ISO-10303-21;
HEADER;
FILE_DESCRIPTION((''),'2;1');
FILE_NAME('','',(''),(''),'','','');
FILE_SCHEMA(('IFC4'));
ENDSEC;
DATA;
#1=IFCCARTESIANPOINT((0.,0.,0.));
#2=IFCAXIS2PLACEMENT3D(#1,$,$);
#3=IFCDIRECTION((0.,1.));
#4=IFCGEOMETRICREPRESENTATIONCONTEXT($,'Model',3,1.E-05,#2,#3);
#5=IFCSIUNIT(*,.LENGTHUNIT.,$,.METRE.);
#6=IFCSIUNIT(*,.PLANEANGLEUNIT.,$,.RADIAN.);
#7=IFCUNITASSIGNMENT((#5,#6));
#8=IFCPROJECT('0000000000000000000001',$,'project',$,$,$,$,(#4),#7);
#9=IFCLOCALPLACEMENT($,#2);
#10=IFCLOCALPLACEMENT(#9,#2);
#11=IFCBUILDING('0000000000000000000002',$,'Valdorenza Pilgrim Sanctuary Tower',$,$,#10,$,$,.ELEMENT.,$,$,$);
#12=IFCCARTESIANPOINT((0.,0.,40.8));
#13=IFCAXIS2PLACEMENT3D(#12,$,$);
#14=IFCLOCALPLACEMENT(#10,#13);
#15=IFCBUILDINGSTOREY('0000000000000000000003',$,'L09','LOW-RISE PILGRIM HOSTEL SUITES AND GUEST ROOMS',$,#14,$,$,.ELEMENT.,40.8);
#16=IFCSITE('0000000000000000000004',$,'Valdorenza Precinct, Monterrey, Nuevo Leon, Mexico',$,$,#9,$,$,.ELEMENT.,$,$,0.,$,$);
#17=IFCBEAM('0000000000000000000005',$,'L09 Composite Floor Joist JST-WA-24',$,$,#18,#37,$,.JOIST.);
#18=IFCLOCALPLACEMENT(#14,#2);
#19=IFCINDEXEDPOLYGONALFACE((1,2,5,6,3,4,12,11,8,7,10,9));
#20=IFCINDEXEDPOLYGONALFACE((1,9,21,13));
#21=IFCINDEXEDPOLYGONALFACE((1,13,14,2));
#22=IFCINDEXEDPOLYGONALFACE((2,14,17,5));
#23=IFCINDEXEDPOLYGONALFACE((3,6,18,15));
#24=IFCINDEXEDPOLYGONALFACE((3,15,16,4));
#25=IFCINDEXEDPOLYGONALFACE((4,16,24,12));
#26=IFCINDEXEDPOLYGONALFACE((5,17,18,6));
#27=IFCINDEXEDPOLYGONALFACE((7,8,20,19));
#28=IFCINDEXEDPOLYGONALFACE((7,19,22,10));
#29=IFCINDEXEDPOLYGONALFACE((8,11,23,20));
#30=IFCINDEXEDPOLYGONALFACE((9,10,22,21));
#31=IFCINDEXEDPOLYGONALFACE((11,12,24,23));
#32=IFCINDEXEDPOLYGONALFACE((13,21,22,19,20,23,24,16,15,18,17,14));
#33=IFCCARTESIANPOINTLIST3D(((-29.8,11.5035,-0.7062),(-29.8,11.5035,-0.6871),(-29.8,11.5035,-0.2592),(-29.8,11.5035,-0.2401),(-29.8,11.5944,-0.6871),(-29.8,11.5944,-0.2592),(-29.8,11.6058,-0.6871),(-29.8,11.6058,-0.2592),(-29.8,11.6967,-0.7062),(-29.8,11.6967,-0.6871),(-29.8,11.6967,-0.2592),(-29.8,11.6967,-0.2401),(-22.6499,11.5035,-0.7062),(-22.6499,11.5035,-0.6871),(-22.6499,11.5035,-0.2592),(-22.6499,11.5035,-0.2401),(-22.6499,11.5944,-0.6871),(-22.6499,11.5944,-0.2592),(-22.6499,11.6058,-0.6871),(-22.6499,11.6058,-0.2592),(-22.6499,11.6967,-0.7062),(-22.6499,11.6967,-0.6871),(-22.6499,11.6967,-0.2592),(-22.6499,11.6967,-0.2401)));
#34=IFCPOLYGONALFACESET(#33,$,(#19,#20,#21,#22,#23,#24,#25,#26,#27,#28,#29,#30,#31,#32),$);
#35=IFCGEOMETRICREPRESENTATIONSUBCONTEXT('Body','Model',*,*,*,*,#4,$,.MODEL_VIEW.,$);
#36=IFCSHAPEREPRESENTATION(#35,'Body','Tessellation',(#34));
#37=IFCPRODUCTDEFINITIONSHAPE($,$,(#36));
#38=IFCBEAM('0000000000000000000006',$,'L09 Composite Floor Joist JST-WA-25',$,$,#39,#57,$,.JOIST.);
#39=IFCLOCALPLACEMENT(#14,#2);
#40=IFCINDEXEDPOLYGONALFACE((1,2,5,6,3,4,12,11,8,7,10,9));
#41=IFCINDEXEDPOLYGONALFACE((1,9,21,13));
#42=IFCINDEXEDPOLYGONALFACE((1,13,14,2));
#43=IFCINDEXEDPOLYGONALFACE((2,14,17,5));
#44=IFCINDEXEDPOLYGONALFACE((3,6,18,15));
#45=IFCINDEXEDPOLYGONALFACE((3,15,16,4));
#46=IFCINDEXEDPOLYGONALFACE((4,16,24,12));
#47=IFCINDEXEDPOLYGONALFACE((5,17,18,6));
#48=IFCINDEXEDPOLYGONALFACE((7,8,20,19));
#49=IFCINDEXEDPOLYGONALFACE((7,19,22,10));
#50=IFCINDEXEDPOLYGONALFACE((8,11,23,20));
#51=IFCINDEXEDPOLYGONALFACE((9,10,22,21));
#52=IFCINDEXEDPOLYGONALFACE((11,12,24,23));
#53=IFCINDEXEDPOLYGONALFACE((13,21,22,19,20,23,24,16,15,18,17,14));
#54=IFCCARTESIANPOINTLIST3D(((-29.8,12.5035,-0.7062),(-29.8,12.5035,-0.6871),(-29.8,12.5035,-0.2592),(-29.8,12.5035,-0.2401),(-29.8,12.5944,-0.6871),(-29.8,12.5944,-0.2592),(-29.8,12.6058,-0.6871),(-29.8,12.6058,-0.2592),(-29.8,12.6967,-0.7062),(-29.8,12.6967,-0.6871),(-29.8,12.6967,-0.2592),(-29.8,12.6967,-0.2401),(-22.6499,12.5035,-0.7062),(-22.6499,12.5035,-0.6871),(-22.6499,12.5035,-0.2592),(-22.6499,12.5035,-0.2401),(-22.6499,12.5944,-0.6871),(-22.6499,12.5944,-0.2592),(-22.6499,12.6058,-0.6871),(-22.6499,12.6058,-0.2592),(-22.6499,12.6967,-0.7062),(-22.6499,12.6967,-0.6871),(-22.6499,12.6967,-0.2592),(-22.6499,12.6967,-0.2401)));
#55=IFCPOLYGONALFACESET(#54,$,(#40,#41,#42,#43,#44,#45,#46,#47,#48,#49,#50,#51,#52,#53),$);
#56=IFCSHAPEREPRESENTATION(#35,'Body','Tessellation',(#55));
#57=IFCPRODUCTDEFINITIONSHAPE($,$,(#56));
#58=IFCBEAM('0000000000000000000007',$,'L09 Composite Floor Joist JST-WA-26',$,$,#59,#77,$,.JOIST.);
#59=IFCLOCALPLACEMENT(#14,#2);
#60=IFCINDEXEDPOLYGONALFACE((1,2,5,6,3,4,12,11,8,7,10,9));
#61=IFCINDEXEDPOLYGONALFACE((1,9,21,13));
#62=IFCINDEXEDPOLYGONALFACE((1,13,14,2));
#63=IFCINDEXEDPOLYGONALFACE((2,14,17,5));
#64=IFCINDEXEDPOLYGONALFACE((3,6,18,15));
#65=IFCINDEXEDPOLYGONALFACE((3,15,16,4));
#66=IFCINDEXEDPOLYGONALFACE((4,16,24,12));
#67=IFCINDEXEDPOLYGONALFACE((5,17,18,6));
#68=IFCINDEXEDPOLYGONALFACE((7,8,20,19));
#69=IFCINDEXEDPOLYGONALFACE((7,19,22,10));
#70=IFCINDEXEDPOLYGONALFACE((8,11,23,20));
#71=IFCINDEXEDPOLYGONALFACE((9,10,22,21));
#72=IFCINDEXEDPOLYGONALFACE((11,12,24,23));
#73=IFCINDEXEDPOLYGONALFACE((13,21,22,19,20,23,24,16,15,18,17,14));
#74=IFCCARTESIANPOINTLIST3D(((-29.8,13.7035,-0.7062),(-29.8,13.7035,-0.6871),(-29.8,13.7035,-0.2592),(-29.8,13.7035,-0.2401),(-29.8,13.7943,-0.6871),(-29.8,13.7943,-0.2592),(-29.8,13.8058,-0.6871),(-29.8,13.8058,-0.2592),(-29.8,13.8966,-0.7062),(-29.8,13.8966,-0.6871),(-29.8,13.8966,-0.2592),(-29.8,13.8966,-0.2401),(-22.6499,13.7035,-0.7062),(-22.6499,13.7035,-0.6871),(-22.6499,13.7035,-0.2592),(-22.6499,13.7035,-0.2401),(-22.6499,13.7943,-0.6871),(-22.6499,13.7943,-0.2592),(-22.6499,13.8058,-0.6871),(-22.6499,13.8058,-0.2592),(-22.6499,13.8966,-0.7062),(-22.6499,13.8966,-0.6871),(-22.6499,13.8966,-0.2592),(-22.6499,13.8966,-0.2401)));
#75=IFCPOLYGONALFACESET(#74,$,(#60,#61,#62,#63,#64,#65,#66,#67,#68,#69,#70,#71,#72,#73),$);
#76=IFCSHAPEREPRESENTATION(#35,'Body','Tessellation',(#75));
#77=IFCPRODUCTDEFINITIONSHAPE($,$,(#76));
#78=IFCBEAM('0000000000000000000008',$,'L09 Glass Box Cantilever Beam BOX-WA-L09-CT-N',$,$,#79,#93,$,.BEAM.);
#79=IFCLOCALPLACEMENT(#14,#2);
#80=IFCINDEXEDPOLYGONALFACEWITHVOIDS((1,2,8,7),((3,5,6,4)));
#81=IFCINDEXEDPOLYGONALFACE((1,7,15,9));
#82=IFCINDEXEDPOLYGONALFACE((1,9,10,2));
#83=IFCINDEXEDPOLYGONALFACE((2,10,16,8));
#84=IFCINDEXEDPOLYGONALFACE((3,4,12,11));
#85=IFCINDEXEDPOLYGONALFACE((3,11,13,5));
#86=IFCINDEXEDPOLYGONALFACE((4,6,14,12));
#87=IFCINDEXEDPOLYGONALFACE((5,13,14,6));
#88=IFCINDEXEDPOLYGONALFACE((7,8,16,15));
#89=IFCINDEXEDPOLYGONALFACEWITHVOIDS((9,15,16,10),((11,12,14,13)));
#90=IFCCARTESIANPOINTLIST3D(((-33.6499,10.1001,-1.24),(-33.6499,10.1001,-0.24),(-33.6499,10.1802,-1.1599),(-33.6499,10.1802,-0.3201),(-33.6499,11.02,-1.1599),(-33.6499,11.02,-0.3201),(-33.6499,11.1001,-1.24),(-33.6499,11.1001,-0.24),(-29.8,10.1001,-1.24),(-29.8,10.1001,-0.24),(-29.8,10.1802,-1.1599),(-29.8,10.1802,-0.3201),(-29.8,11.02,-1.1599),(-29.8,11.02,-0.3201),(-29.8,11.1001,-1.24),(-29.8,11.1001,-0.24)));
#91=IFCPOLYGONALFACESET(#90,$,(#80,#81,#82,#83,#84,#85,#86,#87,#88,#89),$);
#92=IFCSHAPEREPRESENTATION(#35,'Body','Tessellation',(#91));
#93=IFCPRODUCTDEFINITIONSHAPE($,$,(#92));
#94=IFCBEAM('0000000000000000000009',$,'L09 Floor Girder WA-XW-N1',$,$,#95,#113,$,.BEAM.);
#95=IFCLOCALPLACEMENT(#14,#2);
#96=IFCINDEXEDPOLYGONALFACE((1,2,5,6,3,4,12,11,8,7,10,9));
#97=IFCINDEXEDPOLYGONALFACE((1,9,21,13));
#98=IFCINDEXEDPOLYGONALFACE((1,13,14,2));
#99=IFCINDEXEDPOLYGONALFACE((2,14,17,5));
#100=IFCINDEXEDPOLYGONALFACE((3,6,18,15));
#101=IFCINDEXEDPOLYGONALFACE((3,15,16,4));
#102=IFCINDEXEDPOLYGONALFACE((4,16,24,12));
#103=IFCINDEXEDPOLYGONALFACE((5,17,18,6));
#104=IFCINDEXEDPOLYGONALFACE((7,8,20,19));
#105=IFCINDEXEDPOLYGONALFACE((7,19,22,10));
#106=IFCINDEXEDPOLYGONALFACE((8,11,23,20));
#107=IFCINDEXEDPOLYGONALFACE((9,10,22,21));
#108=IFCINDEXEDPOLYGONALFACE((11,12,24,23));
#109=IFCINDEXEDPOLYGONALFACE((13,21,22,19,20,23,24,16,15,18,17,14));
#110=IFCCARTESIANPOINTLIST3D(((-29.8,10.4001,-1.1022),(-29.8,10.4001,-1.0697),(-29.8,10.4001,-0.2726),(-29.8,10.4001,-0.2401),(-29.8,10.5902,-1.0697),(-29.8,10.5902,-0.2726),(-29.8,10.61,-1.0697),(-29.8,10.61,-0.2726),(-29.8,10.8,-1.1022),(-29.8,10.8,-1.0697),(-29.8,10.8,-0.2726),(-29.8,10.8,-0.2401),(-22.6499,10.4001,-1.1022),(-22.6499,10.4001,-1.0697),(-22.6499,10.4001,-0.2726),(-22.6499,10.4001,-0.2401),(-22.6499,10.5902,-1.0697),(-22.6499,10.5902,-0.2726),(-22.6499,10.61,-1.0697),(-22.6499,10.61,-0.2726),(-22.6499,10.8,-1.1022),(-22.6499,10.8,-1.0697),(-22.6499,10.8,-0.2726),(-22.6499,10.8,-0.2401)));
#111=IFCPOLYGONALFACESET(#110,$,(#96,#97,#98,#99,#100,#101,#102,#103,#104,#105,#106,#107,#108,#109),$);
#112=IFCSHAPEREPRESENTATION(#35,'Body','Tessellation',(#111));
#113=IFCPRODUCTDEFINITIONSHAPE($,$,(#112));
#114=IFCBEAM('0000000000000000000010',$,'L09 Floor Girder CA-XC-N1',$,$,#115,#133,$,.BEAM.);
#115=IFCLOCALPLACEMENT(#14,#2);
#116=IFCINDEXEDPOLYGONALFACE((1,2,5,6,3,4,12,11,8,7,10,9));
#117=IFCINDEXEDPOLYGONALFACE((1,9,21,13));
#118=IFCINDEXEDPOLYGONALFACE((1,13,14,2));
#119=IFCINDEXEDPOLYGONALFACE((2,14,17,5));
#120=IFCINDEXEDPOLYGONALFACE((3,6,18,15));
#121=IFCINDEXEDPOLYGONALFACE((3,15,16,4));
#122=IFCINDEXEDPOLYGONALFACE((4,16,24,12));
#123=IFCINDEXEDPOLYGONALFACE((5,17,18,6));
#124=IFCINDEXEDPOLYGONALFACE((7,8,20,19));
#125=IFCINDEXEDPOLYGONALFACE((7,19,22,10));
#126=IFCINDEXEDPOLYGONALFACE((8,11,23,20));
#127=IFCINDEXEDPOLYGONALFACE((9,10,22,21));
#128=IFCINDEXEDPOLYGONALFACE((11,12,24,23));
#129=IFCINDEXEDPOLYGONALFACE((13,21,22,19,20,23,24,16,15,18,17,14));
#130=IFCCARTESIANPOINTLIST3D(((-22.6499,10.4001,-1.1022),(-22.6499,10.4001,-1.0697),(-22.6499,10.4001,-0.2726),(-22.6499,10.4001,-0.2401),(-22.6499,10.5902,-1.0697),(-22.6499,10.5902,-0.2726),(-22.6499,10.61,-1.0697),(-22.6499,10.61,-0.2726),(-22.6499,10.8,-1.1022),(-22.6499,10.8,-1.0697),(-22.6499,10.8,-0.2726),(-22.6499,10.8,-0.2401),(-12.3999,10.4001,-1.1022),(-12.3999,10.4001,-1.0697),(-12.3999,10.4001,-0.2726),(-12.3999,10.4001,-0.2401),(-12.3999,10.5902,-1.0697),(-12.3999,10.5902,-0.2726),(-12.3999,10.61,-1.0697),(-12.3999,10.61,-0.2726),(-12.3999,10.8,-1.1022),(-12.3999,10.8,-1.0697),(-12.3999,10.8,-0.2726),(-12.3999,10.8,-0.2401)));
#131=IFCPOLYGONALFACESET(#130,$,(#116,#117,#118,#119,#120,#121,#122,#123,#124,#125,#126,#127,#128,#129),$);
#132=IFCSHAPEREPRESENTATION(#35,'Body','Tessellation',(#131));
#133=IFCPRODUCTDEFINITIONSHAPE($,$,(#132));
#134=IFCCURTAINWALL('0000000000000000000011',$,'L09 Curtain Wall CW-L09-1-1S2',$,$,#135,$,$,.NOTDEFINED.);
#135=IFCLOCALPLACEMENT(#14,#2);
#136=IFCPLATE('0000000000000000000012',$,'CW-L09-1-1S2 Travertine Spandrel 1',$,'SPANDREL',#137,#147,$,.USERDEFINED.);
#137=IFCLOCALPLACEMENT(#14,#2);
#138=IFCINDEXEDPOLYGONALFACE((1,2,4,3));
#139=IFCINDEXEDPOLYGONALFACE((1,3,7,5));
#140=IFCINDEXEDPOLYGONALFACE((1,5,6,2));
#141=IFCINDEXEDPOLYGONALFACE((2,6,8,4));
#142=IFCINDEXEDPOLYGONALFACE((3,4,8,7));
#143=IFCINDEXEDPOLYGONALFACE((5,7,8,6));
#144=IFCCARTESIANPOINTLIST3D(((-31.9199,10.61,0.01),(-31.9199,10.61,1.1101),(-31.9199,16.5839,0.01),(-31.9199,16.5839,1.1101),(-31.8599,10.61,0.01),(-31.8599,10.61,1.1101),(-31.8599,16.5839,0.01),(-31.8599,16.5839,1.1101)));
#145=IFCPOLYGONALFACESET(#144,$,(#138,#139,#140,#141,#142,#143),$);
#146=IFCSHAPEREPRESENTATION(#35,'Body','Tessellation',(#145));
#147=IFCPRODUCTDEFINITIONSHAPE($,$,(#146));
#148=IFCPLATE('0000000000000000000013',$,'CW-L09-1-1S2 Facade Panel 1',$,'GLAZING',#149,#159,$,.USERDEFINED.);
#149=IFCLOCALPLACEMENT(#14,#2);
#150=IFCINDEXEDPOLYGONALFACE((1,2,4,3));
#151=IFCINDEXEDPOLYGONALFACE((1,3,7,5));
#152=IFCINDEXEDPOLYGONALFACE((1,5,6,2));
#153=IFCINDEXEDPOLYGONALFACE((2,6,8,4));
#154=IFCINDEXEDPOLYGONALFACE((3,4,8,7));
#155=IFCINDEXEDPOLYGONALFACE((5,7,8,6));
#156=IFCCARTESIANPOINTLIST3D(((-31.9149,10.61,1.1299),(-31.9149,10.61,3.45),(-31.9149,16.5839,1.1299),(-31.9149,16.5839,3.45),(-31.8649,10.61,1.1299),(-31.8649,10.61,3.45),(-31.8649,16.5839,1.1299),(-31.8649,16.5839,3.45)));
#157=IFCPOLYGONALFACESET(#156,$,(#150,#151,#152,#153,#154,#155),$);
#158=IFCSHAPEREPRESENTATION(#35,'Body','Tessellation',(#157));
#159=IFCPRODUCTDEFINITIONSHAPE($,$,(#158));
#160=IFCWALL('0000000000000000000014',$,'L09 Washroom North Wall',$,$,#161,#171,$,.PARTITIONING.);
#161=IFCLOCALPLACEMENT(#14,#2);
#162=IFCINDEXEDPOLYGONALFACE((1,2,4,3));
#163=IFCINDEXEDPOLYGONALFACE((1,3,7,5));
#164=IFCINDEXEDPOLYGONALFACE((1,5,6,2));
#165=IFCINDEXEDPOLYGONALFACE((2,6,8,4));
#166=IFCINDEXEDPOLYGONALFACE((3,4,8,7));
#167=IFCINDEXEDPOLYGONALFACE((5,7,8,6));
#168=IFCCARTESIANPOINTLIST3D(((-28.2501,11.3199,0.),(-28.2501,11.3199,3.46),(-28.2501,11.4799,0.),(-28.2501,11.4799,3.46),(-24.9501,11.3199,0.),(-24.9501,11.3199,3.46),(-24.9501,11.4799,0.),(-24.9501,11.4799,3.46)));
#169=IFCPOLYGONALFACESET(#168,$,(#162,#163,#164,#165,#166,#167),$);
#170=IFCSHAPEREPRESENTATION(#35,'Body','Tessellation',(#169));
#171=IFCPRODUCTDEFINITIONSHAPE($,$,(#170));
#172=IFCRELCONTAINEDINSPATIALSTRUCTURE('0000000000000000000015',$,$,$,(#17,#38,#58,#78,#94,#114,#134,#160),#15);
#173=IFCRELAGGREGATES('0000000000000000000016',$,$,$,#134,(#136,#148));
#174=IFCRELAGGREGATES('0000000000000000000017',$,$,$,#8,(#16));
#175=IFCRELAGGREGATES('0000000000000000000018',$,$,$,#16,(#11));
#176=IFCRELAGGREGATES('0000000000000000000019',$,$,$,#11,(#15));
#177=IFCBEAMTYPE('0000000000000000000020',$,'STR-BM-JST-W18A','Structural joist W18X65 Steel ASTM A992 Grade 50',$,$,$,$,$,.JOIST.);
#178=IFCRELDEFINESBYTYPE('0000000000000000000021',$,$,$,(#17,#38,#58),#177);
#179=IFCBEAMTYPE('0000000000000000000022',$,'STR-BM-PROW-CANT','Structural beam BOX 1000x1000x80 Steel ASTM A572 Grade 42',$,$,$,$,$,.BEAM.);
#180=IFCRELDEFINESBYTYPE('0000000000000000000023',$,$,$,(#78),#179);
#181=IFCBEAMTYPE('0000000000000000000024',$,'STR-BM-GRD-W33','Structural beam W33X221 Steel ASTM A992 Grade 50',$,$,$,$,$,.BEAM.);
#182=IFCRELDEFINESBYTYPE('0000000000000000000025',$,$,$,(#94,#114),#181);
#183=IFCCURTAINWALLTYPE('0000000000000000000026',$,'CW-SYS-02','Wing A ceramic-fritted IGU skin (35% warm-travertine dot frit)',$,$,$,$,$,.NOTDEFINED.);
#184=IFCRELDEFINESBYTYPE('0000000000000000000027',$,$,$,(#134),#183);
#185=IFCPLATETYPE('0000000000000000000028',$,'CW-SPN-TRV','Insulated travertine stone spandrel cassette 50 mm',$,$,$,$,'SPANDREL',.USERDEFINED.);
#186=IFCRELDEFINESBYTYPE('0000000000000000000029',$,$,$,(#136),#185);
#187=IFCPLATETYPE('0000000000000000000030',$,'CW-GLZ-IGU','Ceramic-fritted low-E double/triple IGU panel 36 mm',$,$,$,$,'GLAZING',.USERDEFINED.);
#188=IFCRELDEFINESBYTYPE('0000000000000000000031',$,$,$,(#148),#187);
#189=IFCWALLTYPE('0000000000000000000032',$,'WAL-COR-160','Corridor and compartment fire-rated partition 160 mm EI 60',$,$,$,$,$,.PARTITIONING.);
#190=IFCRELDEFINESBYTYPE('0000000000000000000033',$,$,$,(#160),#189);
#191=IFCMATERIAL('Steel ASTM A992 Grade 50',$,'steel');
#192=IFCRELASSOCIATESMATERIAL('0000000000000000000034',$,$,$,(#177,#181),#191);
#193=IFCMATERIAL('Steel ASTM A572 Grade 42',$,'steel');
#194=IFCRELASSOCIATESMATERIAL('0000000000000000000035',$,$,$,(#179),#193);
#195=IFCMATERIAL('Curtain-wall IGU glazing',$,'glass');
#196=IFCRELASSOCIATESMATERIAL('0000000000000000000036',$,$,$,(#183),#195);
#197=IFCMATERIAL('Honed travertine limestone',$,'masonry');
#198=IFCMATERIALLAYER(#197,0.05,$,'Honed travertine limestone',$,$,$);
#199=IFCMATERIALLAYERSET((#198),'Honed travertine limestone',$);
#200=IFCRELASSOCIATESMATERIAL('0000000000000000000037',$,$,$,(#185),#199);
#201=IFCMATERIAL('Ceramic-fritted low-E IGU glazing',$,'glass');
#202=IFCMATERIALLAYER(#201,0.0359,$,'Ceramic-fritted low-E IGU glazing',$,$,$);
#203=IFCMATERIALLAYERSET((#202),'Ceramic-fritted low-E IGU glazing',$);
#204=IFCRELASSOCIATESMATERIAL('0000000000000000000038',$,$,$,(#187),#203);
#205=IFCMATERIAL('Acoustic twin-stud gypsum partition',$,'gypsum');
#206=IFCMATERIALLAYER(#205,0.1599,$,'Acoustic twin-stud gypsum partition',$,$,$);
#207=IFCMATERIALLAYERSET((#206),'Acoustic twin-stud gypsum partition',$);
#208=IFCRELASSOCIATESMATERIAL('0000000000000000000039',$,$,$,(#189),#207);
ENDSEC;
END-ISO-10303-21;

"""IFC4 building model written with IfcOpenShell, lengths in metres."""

from ifc_helpers import new_model, si_unit, direction, frame, frame_2d, origin, origin_2d, place, context, subcontext, project, spatial, rectangle, hollow_rectangle, i_section, extrude, source, transform, mapped, material, layer, layer_set, material_profile, profile_set, type_object, element, aggregate, save


model = new_model("IFC4")

# Units and contexts
model_context = context("Model", 3, precision=1e-05, world=origin(), true_north=direction((0.0, 1.0)))
body_context = subcontext(model_context, "Body", "Model", "MODEL_VIEW")
ifc_project = project(units=[si_unit("LENGTHUNIT", "METRE"), si_unit("PLANEANGLEUNIT", "RADIAN")], contexts=[model_context])

# Site, building, storey
site_placement = place(None, origin())
site = spatial("IfcSite", under=ifc_project, at=site_placement, Name="Valdorenza Precinct, Monterrey, Nuevo Leon, Mexico", CompositionType="ELEMENT", RefElevation=0.0)
building_placement = place(site_placement, origin())
building = spatial("IfcBuilding", under=site, at=building_placement, Name="Valdorenza Pilgrim Sanctuary Tower", CompositionType="ELEMENT")
storey_placement = place(building_placement, frame((0.0, 0.0, 40.8)))
storey = spatial("IfcBuildingStorey", under=building, at=storey_placement, Name="L09", Description="LOW-RISE PILGRIM HOSTEL SUITES AND GUEST ROOMS", CompositionType="ELEMENT", Elevation=40.8)

# Beams
ifc_material_1 = material(Name="Steel ASTM A992 Grade 50", Category="steel")
ifc_material_profile_1 = material_profile(ifc_material_1, i_section(OverallWidth=0.1931, OverallDepth=0.4661, WebThickness=0.0115, FlangeThickness=0.019, at=origin_2d()), Name="W18X65")
ifc_profile_set_1 = profile_set([ifc_material_profile_1], Name="Steel ASTM A992 Grade 50")
beam_type_1 = type_object("IfcBeamType", Name="STR-BM-JST-W18A", Description="Structural joist W18X65 Steel ASTM A992 Grade 50", PredefinedType="JOIST", material=ifc_profile_set_1)
shared_shape_1 = source(origin(), body_context, "Body", "SweptSolid", [
    extrude(i_section(OverallWidth=0.1931, OverallDepth=0.4661, WebThickness=0.0115, FlangeThickness=0.019, at=origin_2d()), origin(), (0.0, 0.0, 1.0), 7.1501),
])
for number, where, z_axis, x_axis, name in (
    (1, (-29.8, 11.6001, -0.4731), (1.0, 0.0, 0.0), (0.0, 1.0, 0.0), "L09 Composite Floor Joist JST-WA-24"),
    (2, (-29.8, 12.6001, -0.4731), (1.0, 0.0, 0.0), (0.0, 1.0, 0.0), "L09 Composite Floor Joist JST-WA-25"),
    (3, (-29.8, 13.8, -0.4731), (1.0, 0.0, 0.0), (0.0, 1.0, 0.0), "L09 Composite Floor Joist JST-WA-26"),
):
    element("IfcBeam", number, at=place(storey_placement, frame(where, z_axis=z_axis, x_axis=x_axis)), inside=storey, type_object=beam_type_1, Name=name, PredefinedType="JOIST", context=body_context, shape_type="MappedRepresentation", body=[
        mapped(shared_shape_1, transform((0.0, 0.0, 0.0), x_axis=(1.0, 0.0, 0.0), y_axis=(0.0, 1.0, 0.0), z_axis=(0.0, 0.0, 1.0), scale=1.0)),
    ])
ifc_material_2 = material(Name="Steel ASTM A572 Grade 42", Category="steel")
ifc_material_profile_2 = material_profile(ifc_material_2, hollow_rectangle(XDim=1.0, YDim=1.0, WallThickness=0.0801, at=origin_2d()), Name="BOX 1000x1000x80")
ifc_profile_set_2 = profile_set([ifc_material_profile_2], Name="Steel ASTM A572 Grade 42")
beam_type_2 = type_object("IfcBeamType", Name="STR-BM-PROW-CANT", Description="Structural beam BOX 1000x1000x80 Steel ASTM A572 Grade 42", PredefinedType="BEAM", material=ifc_profile_set_2)
shared_shape_2 = source(origin(), body_context, "Body", "SweptSolid", [
    extrude(hollow_rectangle(XDim=1.0, YDim=1.0, WallThickness=0.0801, at=origin_2d()), origin(), (0.0, 0.0, 1.0), 3.8499),
])
beam_1_placement = place(storey_placement, frame((-29.8, 10.6001, -0.74), z_axis=(-1.0, 0.0, 0.0), x_axis=(0.0, -1.0, 0.0)))
element("IfcBeam", 4, at=beam_1_placement, inside=storey, type_object=beam_type_2, Name="L09 Glass Box Cantilever Beam BOX-WA-L09-CT-N", PredefinedType="BEAM", context=body_context, shape_type="MappedRepresentation", body=[
    mapped(shared_shape_2, transform((0.0, 0.0, 0.0), x_axis=(1.0, 0.0, 0.0), y_axis=(0.0, 1.0, 0.0), z_axis=(0.0, 0.0, 1.0), scale=1.0)),
])
ifc_material_profile_3 = material_profile(ifc_material_1, i_section(OverallWidth=0.3999, OverallDepth=0.8621, WebThickness=0.0198, FlangeThickness=0.0325, at=origin_2d()), Name="W33X221")
ifc_profile_set_3 = profile_set([ifc_material_profile_3], Name="Steel ASTM A992 Grade 50")
beam_type_3 = type_object("IfcBeamType", Name="STR-BM-GRD-W33", Description="Structural beam W33X221 Steel ASTM A992 Grade 50", PredefinedType="BEAM", material=ifc_profile_set_3)
shared_shape_3 = source(origin(), body_context, "Body", "SweptSolid", [
    extrude(i_section(OverallWidth=0.3999, OverallDepth=0.8621, WebThickness=0.0198, FlangeThickness=0.0325, at=origin_2d()), origin(), (0.0, 0.0, 1.0), 7.1501),
])
beam_2_placement = place(storey_placement, frame((-29.8, 10.6001, -0.6711), z_axis=(1.0, 0.0, 0.0), x_axis=(0.0, 1.0, 0.0)))
element("IfcBeam", 5, at=beam_2_placement, inside=storey, type_object=beam_type_3, Name="L09 Floor Girder WA-XW-N1", PredefinedType="BEAM", context=body_context, shape_type="MappedRepresentation", body=[
    mapped(shared_shape_3, transform((0.0, 0.0, 0.0), x_axis=(1.0, 0.0, 0.0), y_axis=(0.0, 1.0, 0.0), z_axis=(0.0, 0.0, 1.0), scale=1.0)),
])
shared_shape_4 = source(origin(), body_context, "Body", "SweptSolid", [
    extrude(i_section(OverallWidth=0.3999, OverallDepth=0.8621, WebThickness=0.0198, FlangeThickness=0.0325, at=origin_2d()), origin(), (0.0, 0.0, 1.0), 10.25),
])
beam_3_placement = place(storey_placement, frame((-22.6499, 10.6001, -0.6711), z_axis=(1.0, 0.0, 0.0), x_axis=(0.0, 1.0, 0.0)))
element("IfcBeam", 6, at=beam_3_placement, inside=storey, type_object=beam_type_3, Name="L09 Floor Girder CA-XC-N1", PredefinedType="BEAM", context=body_context, shape_type="MappedRepresentation", body=[
    mapped(shared_shape_4, transform((0.0, 0.0, 0.0), x_axis=(1.0, 0.0, 0.0), y_axis=(0.0, 1.0, 0.0), z_axis=(0.0, 0.0, 1.0), scale=1.0)),
])

# Curtain wall, plates
ifc_material_3 = material(Name="Curtain-wall IGU glazing", Category="glass")
curtain_wall_type = type_object("IfcCurtainWallType", Name="CW-SYS-02", Description="Wing A ceramic-fritted IGU skin (35% warm-travertine dot frit)", PredefinedType="NOTDEFINED", material=ifc_material_3)
curtain_wall_placement = place(storey_placement, origin())
curtain_wall = element("IfcCurtainWall", 7, at=curtain_wall_placement, inside=storey, type_object=curtain_wall_type, Name="L09 Curtain Wall CW-L09-1-1S2", PredefinedType="NOTDEFINED")
ifc_material_4 = material(Name="Honed travertine limestone", Category="masonry")
ifc_layer_1 = layer(ifc_material_4, 0.05, Name="Honed travertine limestone")
ifc_layer_set_1 = layer_set([ifc_layer_1], Name="Honed travertine limestone")
plate_type_1 = type_object("IfcPlateType", Name="CW-SPN-TRV", Description="Insulated travertine stone spandrel cassette 50 mm", ElementType="SPANDREL", PredefinedType="USERDEFINED", material=ifc_layer_set_1)
shared_shape_5 = source(origin(), body_context, "Body", "SweptSolid", [
    extrude(rectangle(XDim=5.9739, YDim=0.0601, at=origin_2d()), origin(), (0.0, 0.0, 1.0), 1.1001),
])
plate_1_placement = place(storey_placement, frame((-31.8899, 13.5969, 0.01), z_axis=(0.0, 0.0, 1.0), x_axis=(0.0, 1.0, 0.0)))
plate_1 = element("IfcPlate", 8, at=plate_1_placement, type_object=plate_type_1, Name="CW-L09-1-1S2 Travertine Spandrel 1", ObjectType="SPANDREL", PredefinedType="USERDEFINED", context=body_context, shape_type="MappedRepresentation", body=[
    mapped(shared_shape_5, transform((0.0, 0.0, 0.0), x_axis=(1.0, 0.0, 0.0), y_axis=(0.0, 1.0, 0.0), z_axis=(0.0, 0.0, 1.0), scale=1.0)),
])
ifc_material_5 = material(Name="Ceramic-fritted low-E IGU glazing", Category="glass")
ifc_layer_2 = layer(ifc_material_5, 0.0359, Name="Ceramic-fritted low-E IGU glazing")
ifc_layer_set_2 = layer_set([ifc_layer_2], Name="Ceramic-fritted low-E IGU glazing")
plate_type_2 = type_object("IfcPlateType", Name="CW-GLZ-IGU", Description="Ceramic-fritted low-E double/triple IGU panel 36 mm", ElementType="GLAZING", PredefinedType="USERDEFINED", material=ifc_layer_set_2)
shared_shape_6 = source(origin(), body_context, "Body", "SweptSolid", [
    extrude(rectangle(XDim=5.9739, YDim=0.05, at=origin_2d()), origin(), (0.0, 0.0, 1.0), 2.3201),
])
plate_2_placement = place(storey_placement, frame((-31.8899, 13.5969, 1.1299), z_axis=(0.0, 0.0, 1.0), x_axis=(0.0, 1.0, 0.0)))
plate_2 = element("IfcPlate", 9, at=plate_2_placement, type_object=plate_type_2, Name="CW-L09-1-1S2 Facade Panel 1", ObjectType="GLAZING", PredefinedType="USERDEFINED", context=body_context, shape_type="MappedRepresentation", body=[
    mapped(shared_shape_6, transform((0.0, 0.0, 0.0), x_axis=(1.0, 0.0, 0.0), y_axis=(0.0, 1.0, 0.0), z_axis=(0.0, 0.0, 1.0), scale=1.0)),
])
aggregate(curtain_wall, [plate_1, plate_2])

# Wall
ifc_material_6 = material(Name="Acoustic twin-stud gypsum partition", Category="gypsum")
ifc_layer_3 = layer(ifc_material_6, 0.1599, Name="Acoustic twin-stud gypsum partition")
ifc_layer_set_3 = layer_set([ifc_layer_3], Name="Acoustic twin-stud gypsum partition")
wall_type_1 = type_object("IfcWallType", Name="WAL-COR-160", Description="Corridor and compartment fire-rated partition 160 mm EI 60", PredefinedType="PARTITIONING", material=ifc_layer_set_3)
wall_1_placement = place(storey_placement, frame((-28.25, 11.3999, 0.0), z_axis=(0.0, 0.0, 1.0), x_axis=(1.0, 0.0, 0.0)))
element("IfcWall", 10, at=wall_1_placement, inside=storey, type_object=wall_type_1, Name="L09 Washroom North Wall", PredefinedType="PARTITIONING", context=body_context, shape_type="SweptSolid", body=[
    extrude(rectangle(XDim=3.3, YDim=0.1599, at=frame_2d((1.6499, 0.0))), origin(), (0.0, 0.0, 1.0), 3.46),
])

save(model, "model.ifc")
